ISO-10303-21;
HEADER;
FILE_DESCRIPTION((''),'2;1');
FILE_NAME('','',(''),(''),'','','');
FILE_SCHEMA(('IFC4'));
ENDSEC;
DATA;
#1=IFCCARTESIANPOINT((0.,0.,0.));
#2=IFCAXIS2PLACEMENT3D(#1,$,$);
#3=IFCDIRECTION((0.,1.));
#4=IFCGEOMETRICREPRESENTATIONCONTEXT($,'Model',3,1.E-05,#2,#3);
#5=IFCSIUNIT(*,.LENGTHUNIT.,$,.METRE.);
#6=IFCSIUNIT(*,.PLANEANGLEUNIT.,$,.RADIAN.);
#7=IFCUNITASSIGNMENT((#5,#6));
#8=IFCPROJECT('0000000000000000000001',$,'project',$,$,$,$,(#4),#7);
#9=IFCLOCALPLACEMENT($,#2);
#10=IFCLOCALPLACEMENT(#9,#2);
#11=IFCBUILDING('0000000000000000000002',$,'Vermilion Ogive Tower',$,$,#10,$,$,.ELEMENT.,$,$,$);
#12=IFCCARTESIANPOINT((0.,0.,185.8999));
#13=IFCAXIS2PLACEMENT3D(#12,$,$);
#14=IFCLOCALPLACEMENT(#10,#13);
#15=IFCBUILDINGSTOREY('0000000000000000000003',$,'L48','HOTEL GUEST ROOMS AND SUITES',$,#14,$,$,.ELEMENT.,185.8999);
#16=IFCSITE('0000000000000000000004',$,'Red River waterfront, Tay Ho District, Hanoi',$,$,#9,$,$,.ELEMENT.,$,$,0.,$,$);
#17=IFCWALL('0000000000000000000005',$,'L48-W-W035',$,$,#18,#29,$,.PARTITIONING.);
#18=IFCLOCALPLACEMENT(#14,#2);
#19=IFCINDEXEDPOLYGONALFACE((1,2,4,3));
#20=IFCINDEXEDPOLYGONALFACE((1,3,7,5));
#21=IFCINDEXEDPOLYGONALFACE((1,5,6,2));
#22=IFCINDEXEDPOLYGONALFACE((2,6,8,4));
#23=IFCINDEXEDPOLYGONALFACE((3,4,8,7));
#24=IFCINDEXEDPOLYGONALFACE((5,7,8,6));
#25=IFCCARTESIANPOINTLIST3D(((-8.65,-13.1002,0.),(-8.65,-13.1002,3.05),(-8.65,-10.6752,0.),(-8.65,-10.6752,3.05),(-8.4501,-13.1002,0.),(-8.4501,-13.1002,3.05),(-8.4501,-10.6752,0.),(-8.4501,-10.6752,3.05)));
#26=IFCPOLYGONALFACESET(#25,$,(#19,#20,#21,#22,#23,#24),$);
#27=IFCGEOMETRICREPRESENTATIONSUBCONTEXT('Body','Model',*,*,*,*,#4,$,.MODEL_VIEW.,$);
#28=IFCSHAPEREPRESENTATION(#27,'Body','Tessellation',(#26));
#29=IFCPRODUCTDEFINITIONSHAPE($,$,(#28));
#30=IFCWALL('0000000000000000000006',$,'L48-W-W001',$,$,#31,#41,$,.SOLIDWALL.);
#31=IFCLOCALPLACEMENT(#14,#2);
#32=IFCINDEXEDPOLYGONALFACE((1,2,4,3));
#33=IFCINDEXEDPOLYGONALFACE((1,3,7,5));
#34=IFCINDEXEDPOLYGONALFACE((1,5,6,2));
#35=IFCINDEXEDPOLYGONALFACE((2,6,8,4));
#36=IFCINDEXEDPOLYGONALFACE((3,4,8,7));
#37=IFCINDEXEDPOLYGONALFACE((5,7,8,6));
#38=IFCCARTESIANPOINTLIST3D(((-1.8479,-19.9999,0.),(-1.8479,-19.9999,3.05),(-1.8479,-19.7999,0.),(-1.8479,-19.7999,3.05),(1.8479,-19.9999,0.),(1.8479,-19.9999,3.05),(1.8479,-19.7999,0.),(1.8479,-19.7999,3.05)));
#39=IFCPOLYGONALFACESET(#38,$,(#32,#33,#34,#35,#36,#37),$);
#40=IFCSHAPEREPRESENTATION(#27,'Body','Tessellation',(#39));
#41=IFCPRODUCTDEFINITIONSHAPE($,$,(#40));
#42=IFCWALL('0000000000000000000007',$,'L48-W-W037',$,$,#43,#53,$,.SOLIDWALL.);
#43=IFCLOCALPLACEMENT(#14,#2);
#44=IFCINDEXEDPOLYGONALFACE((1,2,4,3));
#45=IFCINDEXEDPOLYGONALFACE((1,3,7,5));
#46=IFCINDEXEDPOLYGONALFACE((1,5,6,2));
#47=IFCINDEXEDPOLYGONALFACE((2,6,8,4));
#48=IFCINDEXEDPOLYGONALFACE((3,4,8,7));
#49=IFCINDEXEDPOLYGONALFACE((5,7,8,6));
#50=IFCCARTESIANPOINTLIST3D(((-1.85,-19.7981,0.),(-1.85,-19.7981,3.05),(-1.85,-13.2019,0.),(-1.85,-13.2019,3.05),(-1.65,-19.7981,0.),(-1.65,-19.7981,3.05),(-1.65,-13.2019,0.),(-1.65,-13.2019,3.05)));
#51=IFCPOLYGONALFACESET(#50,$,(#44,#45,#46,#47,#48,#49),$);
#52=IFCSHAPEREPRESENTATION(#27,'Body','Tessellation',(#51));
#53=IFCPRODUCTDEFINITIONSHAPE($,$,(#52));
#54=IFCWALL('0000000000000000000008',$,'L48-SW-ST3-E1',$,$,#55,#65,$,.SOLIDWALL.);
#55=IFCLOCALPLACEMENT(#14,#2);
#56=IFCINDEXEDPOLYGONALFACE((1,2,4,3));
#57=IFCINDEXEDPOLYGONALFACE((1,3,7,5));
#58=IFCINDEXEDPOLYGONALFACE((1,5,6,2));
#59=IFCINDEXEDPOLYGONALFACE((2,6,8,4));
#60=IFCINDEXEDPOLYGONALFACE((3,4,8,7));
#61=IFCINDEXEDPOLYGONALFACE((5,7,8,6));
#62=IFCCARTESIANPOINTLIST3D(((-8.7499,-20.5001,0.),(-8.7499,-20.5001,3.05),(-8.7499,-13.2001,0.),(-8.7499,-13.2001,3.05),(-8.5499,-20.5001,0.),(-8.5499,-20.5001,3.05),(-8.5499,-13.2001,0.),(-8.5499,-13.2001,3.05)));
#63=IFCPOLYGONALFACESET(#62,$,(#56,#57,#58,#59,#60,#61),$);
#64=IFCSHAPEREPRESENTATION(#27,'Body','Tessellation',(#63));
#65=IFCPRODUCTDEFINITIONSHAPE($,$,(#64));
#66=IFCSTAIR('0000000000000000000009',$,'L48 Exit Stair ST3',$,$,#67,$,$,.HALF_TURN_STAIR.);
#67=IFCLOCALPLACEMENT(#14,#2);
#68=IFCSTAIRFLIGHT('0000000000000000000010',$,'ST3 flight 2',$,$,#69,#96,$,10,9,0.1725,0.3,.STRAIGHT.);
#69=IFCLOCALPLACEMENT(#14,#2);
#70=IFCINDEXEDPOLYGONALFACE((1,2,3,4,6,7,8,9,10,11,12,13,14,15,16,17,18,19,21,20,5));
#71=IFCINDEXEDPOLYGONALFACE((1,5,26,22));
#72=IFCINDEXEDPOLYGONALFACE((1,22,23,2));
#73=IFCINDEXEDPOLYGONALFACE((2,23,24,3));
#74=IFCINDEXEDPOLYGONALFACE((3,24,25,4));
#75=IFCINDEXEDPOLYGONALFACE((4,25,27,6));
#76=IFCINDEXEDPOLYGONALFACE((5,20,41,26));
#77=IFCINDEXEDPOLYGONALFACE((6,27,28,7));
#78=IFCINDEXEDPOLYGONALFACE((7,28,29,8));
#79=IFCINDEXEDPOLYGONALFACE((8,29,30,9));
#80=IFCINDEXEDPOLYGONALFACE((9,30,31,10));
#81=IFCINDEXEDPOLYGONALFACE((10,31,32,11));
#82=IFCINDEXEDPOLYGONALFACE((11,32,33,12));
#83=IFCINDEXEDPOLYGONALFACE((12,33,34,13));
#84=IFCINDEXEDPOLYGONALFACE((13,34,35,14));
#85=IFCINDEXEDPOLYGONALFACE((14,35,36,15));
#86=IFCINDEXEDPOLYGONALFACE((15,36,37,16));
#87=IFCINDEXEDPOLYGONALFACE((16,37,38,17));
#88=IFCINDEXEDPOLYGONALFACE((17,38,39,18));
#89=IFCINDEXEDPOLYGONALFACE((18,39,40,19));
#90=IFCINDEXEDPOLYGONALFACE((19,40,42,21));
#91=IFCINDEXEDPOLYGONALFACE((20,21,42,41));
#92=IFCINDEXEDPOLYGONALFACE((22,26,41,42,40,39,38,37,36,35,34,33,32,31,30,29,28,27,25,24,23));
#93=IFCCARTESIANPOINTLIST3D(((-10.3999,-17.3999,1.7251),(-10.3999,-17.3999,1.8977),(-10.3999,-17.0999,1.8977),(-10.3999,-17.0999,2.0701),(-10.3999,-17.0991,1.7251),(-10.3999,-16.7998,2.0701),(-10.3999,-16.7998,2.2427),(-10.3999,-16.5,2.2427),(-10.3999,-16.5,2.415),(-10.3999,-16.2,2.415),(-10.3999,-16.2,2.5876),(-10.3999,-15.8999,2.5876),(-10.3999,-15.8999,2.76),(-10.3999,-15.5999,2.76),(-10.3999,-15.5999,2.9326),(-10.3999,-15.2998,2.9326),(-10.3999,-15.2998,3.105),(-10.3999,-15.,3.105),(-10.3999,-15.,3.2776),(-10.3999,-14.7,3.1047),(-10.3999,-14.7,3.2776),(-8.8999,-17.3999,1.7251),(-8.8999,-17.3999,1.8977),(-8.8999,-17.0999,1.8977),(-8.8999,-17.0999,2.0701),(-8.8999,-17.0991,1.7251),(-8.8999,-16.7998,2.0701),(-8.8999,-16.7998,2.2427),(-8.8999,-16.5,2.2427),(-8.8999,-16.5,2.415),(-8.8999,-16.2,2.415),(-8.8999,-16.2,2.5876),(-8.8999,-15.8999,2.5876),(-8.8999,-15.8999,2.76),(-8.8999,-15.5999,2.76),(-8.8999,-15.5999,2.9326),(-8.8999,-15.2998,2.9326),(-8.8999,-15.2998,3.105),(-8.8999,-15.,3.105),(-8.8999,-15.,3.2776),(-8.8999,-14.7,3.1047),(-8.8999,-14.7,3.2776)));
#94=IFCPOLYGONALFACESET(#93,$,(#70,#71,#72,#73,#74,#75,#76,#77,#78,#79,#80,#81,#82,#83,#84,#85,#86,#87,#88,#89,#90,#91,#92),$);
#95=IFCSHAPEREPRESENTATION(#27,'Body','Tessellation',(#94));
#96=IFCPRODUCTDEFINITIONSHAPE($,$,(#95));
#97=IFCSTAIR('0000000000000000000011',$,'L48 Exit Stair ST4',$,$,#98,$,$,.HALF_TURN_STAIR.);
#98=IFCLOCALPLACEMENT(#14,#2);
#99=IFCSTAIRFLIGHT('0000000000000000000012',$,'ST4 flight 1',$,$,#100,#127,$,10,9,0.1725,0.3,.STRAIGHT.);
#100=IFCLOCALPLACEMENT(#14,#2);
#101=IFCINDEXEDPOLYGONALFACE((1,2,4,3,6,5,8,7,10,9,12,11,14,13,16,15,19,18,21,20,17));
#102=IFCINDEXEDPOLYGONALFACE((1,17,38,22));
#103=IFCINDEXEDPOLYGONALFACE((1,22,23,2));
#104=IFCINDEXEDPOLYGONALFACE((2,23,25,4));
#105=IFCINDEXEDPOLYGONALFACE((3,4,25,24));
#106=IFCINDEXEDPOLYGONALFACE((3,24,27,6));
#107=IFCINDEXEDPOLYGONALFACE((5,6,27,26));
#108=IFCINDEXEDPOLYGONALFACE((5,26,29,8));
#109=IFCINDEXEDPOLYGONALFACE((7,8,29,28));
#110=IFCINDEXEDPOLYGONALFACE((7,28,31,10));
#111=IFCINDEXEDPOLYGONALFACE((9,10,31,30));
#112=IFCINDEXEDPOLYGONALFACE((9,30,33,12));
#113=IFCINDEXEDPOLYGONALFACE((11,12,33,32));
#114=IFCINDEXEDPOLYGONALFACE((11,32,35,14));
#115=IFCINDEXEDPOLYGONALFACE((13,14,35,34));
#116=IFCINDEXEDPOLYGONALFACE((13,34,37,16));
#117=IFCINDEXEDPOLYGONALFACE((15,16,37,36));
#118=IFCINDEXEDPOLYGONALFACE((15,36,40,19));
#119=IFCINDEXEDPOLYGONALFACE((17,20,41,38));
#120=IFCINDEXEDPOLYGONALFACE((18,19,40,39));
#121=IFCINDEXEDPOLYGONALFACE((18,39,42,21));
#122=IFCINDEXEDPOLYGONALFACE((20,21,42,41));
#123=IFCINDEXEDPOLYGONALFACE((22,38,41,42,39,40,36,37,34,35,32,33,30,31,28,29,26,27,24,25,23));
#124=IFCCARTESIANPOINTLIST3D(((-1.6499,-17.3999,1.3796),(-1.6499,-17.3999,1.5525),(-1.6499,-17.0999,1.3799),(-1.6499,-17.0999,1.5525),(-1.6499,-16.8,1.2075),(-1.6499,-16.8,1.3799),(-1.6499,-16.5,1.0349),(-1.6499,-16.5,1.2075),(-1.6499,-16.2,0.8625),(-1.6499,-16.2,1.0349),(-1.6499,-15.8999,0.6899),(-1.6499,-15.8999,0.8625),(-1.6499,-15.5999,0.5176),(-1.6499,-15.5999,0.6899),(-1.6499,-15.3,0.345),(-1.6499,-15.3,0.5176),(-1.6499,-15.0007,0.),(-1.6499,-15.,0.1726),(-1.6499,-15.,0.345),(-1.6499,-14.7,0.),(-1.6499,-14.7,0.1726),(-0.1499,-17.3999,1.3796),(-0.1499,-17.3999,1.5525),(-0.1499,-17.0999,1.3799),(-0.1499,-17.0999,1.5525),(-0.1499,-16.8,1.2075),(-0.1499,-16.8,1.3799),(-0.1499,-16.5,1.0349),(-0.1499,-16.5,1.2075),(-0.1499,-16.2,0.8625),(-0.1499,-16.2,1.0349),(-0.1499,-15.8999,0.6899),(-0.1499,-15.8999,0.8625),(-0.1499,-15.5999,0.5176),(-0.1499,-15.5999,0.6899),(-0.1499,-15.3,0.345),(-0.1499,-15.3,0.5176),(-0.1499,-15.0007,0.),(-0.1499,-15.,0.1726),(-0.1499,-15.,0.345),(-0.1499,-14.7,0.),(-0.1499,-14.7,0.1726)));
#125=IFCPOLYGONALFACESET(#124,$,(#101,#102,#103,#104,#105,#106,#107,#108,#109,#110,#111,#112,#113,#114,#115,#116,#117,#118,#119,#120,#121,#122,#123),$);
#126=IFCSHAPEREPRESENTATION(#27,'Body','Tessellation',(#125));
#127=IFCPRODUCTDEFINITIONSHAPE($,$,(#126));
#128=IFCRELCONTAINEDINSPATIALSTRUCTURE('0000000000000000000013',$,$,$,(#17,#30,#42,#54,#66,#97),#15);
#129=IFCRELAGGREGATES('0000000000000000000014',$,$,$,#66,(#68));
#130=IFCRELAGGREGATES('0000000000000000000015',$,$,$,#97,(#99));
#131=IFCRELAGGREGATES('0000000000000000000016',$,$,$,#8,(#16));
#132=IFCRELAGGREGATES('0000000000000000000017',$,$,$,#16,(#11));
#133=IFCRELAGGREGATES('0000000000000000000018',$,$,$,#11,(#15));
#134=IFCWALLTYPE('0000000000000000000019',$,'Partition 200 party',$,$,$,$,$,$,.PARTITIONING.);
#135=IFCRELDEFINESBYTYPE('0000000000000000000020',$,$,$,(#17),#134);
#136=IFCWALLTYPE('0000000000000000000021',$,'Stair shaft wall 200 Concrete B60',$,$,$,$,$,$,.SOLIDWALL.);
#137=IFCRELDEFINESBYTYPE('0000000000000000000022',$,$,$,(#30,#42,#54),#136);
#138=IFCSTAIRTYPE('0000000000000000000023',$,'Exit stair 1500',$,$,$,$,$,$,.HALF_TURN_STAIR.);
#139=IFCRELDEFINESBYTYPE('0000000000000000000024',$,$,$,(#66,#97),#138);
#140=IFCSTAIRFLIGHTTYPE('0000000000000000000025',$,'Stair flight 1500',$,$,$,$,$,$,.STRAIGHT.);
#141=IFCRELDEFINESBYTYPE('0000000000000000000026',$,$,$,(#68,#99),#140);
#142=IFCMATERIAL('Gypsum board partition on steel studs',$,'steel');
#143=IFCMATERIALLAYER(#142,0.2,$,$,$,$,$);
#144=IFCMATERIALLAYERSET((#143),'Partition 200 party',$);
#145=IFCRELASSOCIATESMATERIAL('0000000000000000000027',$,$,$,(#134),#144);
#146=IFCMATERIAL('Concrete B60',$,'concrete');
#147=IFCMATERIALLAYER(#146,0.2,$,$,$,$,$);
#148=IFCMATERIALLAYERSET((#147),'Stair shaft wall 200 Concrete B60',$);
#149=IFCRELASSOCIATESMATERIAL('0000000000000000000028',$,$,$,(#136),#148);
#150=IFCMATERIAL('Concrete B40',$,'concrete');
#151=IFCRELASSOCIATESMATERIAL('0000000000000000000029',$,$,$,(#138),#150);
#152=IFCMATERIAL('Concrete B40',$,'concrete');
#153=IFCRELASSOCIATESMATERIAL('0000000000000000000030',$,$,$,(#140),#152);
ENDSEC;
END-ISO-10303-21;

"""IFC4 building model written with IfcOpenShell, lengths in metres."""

from ifc_helpers import new_model, si_unit, direction, frame, frame_2d, origin, place, context, subcontext, project, spatial, polyline, rectangle, outline, extrude, material, layer, layer_set, type_object, element, aggregate, save


model = new_model("IFC4")

# Units and contexts
model_context = context("Model", 3, precision=1e-05, world=origin(), true_north=direction((0.0, 1.0)))
body_context = subcontext(model_context, "Body", "Model", "MODEL_VIEW")
ifc_project = project(units=[si_unit("LENGTHUNIT", "METRE"), si_unit("PLANEANGLEUNIT", "RADIAN")], contexts=[model_context])

# Site, building, storey
site_placement = place(None, origin())
site = spatial("IfcSite", under=ifc_project, at=site_placement, Name="Red River waterfront, Tay Ho District, Hanoi", CompositionType="ELEMENT", RefElevation=0.0)
building_placement = place(site_placement, origin())
building = spatial("IfcBuilding", under=site, at=building_placement, Name="Vermilion Ogive Tower", CompositionType="ELEMENT")
storey_placement = place(building_placement, frame((0.0, 0.0, 185.8999)))
storey = spatial("IfcBuildingStorey", under=building, at=storey_placement, Name="L48", Description="HOTEL GUEST ROOMS AND SUITES", CompositionType="ELEMENT", Elevation=185.8999)

# Walls
ifc_material_1 = material(Name="Gypsum board partition on steel studs", Category="steel")
ifc_layer_1 = layer(ifc_material_1, 0.2)
ifc_layer_set_1 = layer_set([ifc_layer_1], Name="Partition 200 party")
wall_type_1 = type_object("IfcWallType", Name="Partition 200 party", PredefinedType="PARTITIONING", material=ifc_layer_set_1)
wall_1_placement = place(storey_placement, frame((-8.55, -13.1001, 0.0), z_axis=(0.0, 0.0, 1.0), x_axis=(0.0, 1.0, 0.0)))
element("IfcWall", 1, at=wall_1_placement, inside=storey, type_object=wall_type_1, Name="L48-W-W035", PredefinedType="PARTITIONING", context=body_context, shape_type="SweptSolid", body=[
    extrude(rectangle(XDim=2.425, YDim=0.2, at=frame_2d((1.2124, 0.0))), origin(), (0.0, 0.0, 1.0), 3.05),
])
ifc_material_2 = material(Name="Concrete B60", Category="concrete")
ifc_layer_2 = layer(ifc_material_2, 0.2)
ifc_layer_set_2 = layer_set([ifc_layer_2], Name="Stair shaft wall 200 Concrete B60")
wall_type_2 = type_object("IfcWallType", Name="Stair shaft wall 200 Concrete B60", PredefinedType="SOLIDWALL", material=ifc_layer_set_2)
wall_2_placement = place(storey_placement, frame((-1.8479, -19.8999, 0.0), z_axis=(0.0, 0.0, 1.0), x_axis=(1.0, 0.0, 0.0)))
element("IfcWall", 2, at=wall_2_placement, inside=storey, type_object=wall_type_2, Name="L48-W-W001", PredefinedType="SOLIDWALL", context=body_context, shape_type="SweptSolid", body=[
    extrude(rectangle(XDim=3.6958, YDim=0.2, at=frame_2d((1.8479, 0.0))), origin(), (0.0, 0.0, 1.0), 3.05),
])
wall_3_placement = place(storey_placement, frame((-1.75, -19.7981, 0.0), z_axis=(0.0, 0.0, 1.0), x_axis=(0.0, 1.0, 0.0)))
element("IfcWall", 3, at=wall_3_placement, inside=storey, type_object=wall_type_2, Name="L48-W-W037", PredefinedType="SOLIDWALL", context=body_context, shape_type="SweptSolid", body=[
    extrude(rectangle(XDim=6.5962, YDim=0.2, at=frame_2d((3.2981, 0.0))), origin(), (0.0, 0.0, 1.0), 3.05),
])
wall_4_placement = place(storey_placement, frame((-8.6499, -20.5, 0.0), z_axis=(0.0, 0.0, 1.0), x_axis=(0.0, 1.0, 0.0)))
element("IfcWall", 4, at=wall_4_placement, inside=storey, type_object=wall_type_2, Name="L48-SW-ST3-E1", PredefinedType="SOLIDWALL", context=body_context, shape_type="SweptSolid", body=[
    extrude(rectangle(XDim=7.3, YDim=0.2, at=frame_2d((3.6499, 0.0))), origin(), (0.0, 0.0, 1.0), 3.05),
])

# Stairs, stair flights
ifc_material_3 = material(Name="Concrete B40", Category="concrete")
stair_type = type_object("IfcStairType", Name="Exit stair 1500", PredefinedType="HALF_TURN_STAIR", material=ifc_material_3)
stair_1_placement = place(storey_placement, origin())
stair_1 = element("IfcStair", 5, at=stair_1_placement, inside=storey, type_object=stair_type, Name="L48 Exit Stair ST3", PredefinedType="HALF_TURN_STAIR")
ifc_material_4 = material(Name="Concrete B40", Category="concrete")
stair_flight_type = type_object("IfcStairFlightType", Name="Stair flight 1500", PredefinedType="STRAIGHT", material=ifc_material_4)
stair_flight_1_placement = place(storey_placement, frame((-9.6499, -17.3999, 1.7251), z_axis=(0.0, 0.0, 1.0), x_axis=(0.0, 1.0, 0.0)))
stair_flight_1 = element("IfcStairFlight", 6, at=stair_flight_1_placement, type_object=stair_flight_type, Name="ST3 flight 2", NumberOfRisers=10, NumberOfTreads=9, PredefinedType="STRAIGHT", RiserHeight=0.1725, TreadLength=0.3, context=body_context, shape_type="SweptSolid", body=[
    extrude(outline(polyline([(0.0, 0.0), (0.0, 0.1726), (0.3, 0.1726), (0.3, 0.345), (0.6001, 0.345), (0.6001, 0.5176), (0.8999, 0.5176), (0.8999, 0.6899), (1.2, 0.6899), (1.2, 0.8625), (1.5, 0.8625), (1.5, 1.0349), (1.8, 1.0349), (1.8, 1.2075), (2.1001, 1.2075), (2.1001, 1.3799), (2.3999, 1.3799), (2.3999, 1.5525), (2.7, 1.5525), (2.7, 1.7251), (2.7, 1.3796), (0.3008, 0.0), (0.0, 0.0)])), frame((0.0, 0.75, 0.0), z_axis=(0.0, -1.0, 0.0), x_axis=(1.0, 0.0, 0.0)), (0.0, 0.0, 1.0), 1.5),
])
aggregate(stair_1, [stair_flight_1])
stair_2_placement = place(storey_placement, origin())
stair_2 = element("IfcStair", 7, at=stair_2_placement, inside=storey, type_object=stair_type, Name="L48 Exit Stair ST4", PredefinedType="HALF_TURN_STAIR")
stair_flight_2_placement = place(storey_placement, frame((-0.8999, -14.7, 0.0), z_axis=(0.0, 0.0, 1.0), x_axis=(0.0, -1.0, 0.0)))
stair_flight_2 = element("IfcStairFlight", 8, at=stair_flight_2_placement, type_object=stair_flight_type, Name="ST4 flight 1", NumberOfRisers=10, NumberOfTreads=9, PredefinedType="STRAIGHT", RiserHeight=0.1725, TreadLength=0.3, context=body_context, shape_type="SweptSolid", body=[
    extrude(outline(polyline([(0.0, 0.0), (0.0, 0.1726), (0.3, 0.1726), (0.3, 0.345), (0.6001, 0.345), (0.6001, 0.5176), (0.8999, 0.5176), (0.8999, 0.6899), (1.2, 0.6899), (1.2, 0.8625), (1.5, 0.8625), (1.5, 1.0349), (1.8, 1.0349), (1.8, 1.2075), (2.1001, 1.2075), (2.1001, 1.3799), (2.3999, 1.3799), (2.3999, 1.5525), (2.7, 1.5525), (2.7, 1.7251), (2.7, 1.3796), (0.3008, 0.0), (0.0, 0.0)])), frame((0.0, 0.75, 0.0), z_axis=(0.0, -1.0, 0.0), x_axis=(1.0, 0.0, 0.0)), (0.0, 0.0, 1.0), 1.5),
])
aggregate(stair_2, [stair_flight_2])

save(model, "model.ifc")
